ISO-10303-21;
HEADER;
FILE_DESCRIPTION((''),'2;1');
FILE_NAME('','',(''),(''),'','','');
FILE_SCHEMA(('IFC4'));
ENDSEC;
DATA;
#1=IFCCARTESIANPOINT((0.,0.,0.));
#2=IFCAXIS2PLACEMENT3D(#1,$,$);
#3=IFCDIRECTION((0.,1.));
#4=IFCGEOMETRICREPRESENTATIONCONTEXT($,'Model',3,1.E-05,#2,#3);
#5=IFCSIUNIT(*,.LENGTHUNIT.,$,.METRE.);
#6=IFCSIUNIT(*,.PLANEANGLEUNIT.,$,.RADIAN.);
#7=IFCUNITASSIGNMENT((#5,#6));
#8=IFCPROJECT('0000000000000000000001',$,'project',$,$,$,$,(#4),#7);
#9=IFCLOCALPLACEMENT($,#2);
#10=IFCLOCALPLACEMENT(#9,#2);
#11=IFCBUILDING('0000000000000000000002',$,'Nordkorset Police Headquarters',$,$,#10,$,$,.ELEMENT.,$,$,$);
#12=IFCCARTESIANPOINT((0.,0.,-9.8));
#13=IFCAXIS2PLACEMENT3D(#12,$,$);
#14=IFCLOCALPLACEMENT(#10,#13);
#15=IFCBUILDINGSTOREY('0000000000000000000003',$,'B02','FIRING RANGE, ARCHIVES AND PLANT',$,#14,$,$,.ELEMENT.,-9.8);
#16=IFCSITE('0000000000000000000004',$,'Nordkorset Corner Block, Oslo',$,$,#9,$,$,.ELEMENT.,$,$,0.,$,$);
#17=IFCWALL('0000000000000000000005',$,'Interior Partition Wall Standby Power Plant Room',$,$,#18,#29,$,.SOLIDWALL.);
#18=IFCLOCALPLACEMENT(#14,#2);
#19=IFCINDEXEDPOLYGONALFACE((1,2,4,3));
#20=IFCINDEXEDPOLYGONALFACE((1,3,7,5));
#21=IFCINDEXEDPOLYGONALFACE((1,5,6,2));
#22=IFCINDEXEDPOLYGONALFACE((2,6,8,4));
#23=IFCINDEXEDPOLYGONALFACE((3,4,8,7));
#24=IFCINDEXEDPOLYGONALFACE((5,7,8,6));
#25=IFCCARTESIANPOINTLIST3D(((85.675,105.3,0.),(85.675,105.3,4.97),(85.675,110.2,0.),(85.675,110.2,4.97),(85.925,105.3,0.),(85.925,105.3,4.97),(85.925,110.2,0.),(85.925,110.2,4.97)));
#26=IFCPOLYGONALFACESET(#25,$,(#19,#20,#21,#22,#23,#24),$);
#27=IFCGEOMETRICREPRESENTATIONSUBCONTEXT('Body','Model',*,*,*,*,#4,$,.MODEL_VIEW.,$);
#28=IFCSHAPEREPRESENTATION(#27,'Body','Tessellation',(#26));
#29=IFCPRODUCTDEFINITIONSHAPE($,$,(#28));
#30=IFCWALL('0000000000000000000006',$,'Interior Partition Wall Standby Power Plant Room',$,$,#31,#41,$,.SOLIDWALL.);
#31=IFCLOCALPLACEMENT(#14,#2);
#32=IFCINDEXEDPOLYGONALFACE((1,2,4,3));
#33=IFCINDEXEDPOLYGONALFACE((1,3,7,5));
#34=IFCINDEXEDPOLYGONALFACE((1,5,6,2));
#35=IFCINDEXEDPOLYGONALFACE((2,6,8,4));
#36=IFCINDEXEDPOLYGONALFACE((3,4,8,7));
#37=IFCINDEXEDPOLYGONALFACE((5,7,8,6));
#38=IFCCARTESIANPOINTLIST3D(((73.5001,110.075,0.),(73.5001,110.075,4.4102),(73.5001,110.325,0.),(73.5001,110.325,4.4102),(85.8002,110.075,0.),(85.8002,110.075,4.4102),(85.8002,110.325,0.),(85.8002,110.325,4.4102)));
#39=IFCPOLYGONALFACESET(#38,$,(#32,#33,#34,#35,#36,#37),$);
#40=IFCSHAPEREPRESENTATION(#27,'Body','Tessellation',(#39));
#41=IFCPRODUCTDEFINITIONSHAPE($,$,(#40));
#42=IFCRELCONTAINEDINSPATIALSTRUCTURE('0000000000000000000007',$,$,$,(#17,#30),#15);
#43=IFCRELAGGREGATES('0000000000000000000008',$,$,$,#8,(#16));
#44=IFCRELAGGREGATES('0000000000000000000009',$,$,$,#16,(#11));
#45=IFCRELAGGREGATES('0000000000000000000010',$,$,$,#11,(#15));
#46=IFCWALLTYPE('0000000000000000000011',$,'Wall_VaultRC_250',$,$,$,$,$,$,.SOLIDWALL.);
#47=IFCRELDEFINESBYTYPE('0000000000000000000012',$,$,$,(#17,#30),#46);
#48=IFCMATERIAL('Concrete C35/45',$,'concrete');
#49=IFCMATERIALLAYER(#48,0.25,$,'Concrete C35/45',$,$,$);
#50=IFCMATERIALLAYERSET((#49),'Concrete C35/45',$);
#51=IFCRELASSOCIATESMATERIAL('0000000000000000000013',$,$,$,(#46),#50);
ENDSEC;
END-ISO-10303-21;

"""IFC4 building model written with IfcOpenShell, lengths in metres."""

from ifc_helpers import new_model, si_unit, direction, frame, frame_2d, origin, place, context, subcontext, project, spatial, rectangle, extrude, material, layer, layer_set, type_object, element, save


model = new_model("IFC4")

# Units and contexts
model_context = context("Model", 3, precision=1e-05, world=origin(), true_north=direction((0.0, 1.0)))
body_context = subcontext(model_context, "Body", "Model", "MODEL_VIEW")
ifc_project = project(units=[si_unit("LENGTHUNIT", "METRE"), si_unit("PLANEANGLEUNIT", "RADIAN")], contexts=[model_context])

# Site, building, storey
site_placement = place(None, origin())
site = spatial("IfcSite", under=ifc_project, at=site_placement, Name="Nordkorset Corner Block, Oslo", CompositionType="ELEMENT", RefElevation=0.0)
building_placement = place(site_placement, origin())
building = spatial("IfcBuilding", under=site, at=building_placement, Name="Nordkorset Police Headquarters", CompositionType="ELEMENT")
storey_placement = place(building_placement, frame((0.0, 0.0, -9.8)))
storey = spatial("IfcBuildingStorey", under=building, at=storey_placement, Name="B02", Description="FIRING RANGE, ARCHIVES AND PLANT", CompositionType="ELEMENT", Elevation=-9.8)

# Walls
ifc_material_1 = material(Name="Concrete C35/45", Category="concrete")
ifc_layer_1 = layer(ifc_material_1, 0.25, Name="Concrete C35/45")
ifc_layer_set_1 = layer_set([ifc_layer_1], Name="Concrete C35/45")
wall_type_1 = type_object("IfcWallType", Name="Wall_VaultRC_250", PredefinedType="SOLIDWALL", material=ifc_layer_set_1)
wall_1_placement = place(storey_placement, frame((85.8, 105.3, 0.0), z_axis=(0.0, 0.0, 1.0), x_axis=(0.0, 1.0, 0.0)))
element("IfcWall", 1, at=wall_1_placement, inside=storey, type_object=wall_type_1, Name="Interior Partition Wall Standby Power Plant Room", PredefinedType="SOLIDWALL", context=body_context, shape_type="SweptSolid", body=[
    extrude(rectangle(XDim=4.8999, YDim=0.25, at=frame_2d((2.45, 0.0))), origin(), (0.0, 0.0, 1.0), 4.97),
])
wall_2_placement = place(storey_placement, frame((85.8, 110.2, 0.0), z_axis=(0.0, 0.0, 1.0), x_axis=(-1.0, 0.0, 0.0)))
element("IfcWall", 2, at=wall_2_placement, inside=storey, type_object=wall_type_1, Name="Interior Partition Wall Standby Power Plant Room", PredefinedType="SOLIDWALL", context=body_context, shape_type="SweptSolid", body=[
    extrude(rectangle(XDim=12.3, YDim=0.25, at=frame_2d((6.1499, 0.0))), origin(), (0.0, 0.0, 1.0), 4.4102),
])

save(model, "model.ifc")
